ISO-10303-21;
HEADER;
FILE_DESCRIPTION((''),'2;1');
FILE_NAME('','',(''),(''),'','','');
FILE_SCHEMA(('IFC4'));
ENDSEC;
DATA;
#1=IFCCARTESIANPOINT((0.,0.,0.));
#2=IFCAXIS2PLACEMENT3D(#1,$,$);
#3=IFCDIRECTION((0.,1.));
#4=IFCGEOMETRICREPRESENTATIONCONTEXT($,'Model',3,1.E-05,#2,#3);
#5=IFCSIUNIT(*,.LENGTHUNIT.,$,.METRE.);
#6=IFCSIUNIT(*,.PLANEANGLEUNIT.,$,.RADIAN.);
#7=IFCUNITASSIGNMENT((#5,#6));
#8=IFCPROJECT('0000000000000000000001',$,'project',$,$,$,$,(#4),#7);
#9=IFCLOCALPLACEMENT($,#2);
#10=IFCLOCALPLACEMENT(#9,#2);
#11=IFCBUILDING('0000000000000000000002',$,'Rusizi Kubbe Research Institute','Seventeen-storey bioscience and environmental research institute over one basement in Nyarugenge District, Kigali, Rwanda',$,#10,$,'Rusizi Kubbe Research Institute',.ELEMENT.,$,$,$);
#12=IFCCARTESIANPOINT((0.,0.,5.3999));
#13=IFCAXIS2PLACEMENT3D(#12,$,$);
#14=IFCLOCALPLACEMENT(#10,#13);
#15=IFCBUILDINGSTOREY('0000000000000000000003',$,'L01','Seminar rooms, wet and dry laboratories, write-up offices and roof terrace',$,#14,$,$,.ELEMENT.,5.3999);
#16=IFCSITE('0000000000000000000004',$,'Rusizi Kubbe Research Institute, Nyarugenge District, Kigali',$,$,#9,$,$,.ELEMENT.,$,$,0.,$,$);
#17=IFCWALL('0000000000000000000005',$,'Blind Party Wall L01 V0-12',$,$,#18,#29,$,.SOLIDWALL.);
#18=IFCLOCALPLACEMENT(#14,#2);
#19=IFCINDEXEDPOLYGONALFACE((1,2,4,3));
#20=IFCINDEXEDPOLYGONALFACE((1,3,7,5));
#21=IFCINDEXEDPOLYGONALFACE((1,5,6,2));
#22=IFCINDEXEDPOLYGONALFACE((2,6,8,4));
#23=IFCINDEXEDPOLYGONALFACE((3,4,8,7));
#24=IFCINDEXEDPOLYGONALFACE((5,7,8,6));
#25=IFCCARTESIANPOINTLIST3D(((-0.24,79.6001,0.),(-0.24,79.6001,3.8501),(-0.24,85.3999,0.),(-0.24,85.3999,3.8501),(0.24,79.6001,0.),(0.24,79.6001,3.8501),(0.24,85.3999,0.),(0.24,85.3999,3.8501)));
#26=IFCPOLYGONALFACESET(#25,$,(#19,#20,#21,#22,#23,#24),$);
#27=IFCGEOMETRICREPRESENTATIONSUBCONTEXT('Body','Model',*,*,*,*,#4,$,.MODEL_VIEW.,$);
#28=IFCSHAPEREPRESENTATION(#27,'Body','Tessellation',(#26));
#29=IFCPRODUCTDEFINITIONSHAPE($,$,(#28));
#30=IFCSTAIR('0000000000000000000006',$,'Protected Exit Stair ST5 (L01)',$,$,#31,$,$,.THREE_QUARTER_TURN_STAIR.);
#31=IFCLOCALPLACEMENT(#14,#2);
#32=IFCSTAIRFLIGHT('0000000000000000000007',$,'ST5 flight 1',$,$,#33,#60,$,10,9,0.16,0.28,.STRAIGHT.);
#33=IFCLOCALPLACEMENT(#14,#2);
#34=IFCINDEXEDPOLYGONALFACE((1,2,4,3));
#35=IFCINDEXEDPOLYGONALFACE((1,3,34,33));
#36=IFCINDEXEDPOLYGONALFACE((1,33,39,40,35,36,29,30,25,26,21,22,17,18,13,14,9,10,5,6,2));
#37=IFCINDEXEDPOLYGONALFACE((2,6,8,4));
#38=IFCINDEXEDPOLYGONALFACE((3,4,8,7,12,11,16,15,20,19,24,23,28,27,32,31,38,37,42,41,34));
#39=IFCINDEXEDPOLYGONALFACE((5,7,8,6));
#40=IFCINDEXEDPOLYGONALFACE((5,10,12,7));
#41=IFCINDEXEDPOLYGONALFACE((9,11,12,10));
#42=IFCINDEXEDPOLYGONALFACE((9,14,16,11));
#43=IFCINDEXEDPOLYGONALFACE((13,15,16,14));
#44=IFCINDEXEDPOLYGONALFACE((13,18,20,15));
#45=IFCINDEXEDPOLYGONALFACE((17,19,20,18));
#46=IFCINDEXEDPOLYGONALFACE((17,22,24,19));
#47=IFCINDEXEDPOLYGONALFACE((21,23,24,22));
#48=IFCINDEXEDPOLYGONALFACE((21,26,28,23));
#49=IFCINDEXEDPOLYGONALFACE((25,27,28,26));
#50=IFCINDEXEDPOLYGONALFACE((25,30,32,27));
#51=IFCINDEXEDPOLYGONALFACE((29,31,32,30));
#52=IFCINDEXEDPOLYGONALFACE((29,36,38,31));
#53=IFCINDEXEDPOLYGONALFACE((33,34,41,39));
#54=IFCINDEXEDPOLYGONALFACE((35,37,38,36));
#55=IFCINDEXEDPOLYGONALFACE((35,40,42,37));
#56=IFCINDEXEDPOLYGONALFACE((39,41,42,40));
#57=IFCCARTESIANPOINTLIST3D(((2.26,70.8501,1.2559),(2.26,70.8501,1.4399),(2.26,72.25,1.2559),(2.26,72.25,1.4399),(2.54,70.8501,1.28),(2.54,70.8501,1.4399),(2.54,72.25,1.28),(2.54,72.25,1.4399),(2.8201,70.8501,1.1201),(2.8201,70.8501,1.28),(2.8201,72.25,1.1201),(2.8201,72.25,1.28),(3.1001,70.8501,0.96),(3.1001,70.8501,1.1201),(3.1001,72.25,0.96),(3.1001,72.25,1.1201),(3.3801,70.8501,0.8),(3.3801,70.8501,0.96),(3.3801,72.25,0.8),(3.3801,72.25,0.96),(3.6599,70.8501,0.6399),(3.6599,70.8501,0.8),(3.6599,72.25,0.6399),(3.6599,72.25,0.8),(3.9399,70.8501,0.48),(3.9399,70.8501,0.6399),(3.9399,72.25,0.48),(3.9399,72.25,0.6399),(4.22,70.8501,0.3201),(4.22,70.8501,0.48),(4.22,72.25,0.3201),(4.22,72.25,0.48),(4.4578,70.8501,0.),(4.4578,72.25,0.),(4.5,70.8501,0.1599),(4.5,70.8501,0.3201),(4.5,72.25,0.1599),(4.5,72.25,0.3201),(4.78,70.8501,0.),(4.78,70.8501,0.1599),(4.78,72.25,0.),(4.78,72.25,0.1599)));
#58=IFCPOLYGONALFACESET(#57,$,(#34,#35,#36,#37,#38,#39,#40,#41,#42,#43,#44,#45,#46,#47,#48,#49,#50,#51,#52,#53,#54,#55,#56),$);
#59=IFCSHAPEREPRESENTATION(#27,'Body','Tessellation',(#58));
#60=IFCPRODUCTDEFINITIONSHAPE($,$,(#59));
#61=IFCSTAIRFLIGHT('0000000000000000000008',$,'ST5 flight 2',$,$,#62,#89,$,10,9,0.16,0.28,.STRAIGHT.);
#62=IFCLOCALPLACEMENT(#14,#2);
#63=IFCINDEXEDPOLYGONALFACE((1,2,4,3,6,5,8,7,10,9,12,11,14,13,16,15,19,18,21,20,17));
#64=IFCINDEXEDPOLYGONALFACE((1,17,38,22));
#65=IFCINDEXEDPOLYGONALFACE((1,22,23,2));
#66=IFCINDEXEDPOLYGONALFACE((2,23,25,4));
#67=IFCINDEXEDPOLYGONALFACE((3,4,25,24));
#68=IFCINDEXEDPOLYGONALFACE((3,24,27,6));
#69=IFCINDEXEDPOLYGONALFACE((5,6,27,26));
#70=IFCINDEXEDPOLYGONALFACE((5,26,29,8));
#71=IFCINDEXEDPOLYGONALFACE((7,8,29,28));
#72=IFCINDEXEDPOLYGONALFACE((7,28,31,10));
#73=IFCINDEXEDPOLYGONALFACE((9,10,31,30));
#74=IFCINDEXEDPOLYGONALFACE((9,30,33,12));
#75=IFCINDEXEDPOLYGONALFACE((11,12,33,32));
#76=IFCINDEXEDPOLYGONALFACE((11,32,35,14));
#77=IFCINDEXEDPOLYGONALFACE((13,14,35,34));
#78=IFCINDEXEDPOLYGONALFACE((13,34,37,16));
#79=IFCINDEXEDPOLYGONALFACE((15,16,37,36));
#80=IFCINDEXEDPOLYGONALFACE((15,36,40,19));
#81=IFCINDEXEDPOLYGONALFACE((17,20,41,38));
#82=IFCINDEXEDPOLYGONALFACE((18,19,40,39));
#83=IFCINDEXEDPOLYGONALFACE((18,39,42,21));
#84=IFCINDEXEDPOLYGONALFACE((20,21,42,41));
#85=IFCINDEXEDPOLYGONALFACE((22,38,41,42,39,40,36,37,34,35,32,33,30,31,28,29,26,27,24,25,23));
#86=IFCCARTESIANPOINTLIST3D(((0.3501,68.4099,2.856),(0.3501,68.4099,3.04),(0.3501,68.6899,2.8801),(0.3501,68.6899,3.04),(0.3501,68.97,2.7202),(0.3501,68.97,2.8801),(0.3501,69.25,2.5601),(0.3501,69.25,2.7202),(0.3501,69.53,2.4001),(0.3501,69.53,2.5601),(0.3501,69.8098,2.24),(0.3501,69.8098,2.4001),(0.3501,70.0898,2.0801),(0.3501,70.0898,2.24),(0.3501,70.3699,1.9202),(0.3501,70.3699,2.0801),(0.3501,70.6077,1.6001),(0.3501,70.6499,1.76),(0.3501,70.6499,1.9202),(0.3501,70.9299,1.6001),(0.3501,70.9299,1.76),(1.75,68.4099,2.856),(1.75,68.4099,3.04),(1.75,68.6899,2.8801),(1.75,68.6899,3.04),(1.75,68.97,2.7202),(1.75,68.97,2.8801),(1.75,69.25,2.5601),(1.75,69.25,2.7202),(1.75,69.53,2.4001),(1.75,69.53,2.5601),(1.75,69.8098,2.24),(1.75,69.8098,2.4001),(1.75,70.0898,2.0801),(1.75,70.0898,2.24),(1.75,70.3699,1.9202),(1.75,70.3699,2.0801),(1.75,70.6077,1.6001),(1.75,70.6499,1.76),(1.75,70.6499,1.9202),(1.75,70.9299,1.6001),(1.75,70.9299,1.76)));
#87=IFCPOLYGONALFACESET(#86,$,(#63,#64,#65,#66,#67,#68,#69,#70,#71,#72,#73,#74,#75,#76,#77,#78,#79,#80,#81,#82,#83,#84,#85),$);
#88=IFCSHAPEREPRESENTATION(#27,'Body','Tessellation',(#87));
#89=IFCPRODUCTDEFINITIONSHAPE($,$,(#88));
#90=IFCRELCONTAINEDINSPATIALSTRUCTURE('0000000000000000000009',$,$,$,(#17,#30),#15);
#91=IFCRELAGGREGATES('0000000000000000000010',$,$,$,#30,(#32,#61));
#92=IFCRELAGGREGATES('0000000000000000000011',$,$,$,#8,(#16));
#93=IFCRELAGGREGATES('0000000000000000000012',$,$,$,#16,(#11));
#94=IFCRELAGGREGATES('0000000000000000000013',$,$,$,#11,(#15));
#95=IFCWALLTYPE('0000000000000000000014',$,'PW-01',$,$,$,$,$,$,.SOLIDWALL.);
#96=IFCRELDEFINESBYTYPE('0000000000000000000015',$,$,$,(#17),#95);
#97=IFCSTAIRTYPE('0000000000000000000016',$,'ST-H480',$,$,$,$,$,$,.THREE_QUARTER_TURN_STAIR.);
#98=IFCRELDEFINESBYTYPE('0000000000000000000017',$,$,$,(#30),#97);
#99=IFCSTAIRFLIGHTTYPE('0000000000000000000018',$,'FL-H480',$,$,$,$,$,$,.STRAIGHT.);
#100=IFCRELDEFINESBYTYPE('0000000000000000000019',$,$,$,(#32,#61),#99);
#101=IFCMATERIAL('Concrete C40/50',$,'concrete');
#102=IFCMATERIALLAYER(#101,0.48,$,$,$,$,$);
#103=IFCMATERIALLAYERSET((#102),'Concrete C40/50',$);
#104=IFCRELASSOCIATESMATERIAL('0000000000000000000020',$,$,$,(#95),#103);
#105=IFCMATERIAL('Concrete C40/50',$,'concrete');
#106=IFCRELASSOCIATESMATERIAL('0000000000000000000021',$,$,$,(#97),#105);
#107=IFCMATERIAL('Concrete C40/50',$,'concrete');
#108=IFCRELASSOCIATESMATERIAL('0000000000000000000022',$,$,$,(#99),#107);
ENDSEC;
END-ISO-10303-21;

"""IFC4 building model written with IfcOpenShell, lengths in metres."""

from ifc_helpers import new_model, si_unit, direction, frame, frame_2d, origin, place, context, subcontext, project, spatial, polyline, rectangle, outline, extrude, material, layer, layer_set, type_object, element, aggregate, save


model = new_model("IFC4")

# Units and contexts
model_context = context("Model", 3, precision=1e-05, world=origin(), true_north=direction((0.0, 1.0)))
body_context = subcontext(model_context, "Body", "Model", "MODEL_VIEW")
ifc_project = project(units=[si_unit("LENGTHUNIT", "METRE"), si_unit("PLANEANGLEUNIT", "RADIAN")], contexts=[model_context])

# Site, building, storey
site_placement = place(None, origin())
site = spatial("IfcSite", under=ifc_project, at=site_placement, Name="Rusizi Kubbe Research Institute, Nyarugenge District, Kigali", CompositionType="ELEMENT", RefElevation=0.0)
building_placement = place(site_placement, origin())
building = spatial("IfcBuilding", under=site, at=building_placement, Name="Rusizi Kubbe Research Institute", Description="Seventeen-storey bioscience and environmental research institute over one basement in Nyarugenge District, Kigali, Rwanda", LongName="Rusizi Kubbe Research Institute", CompositionType="ELEMENT")
storey_placement = place(building_placement, frame((0.0, 0.0, 5.3999)))
storey = spatial("IfcBuildingStorey", under=building, at=storey_placement, Name="L01", Description="Seminar rooms, wet and dry laboratories, write-up offices and roof terrace", CompositionType="ELEMENT", Elevation=5.3999)

# Wall
ifc_material_1 = material(Name="Concrete C40/50", Category="concrete")
ifc_layer_1 = layer(ifc_material_1, 0.48)
ifc_layer_set_1 = layer_set([ifc_layer_1], Name="Concrete C40/50")
wall_type_1 = type_object("IfcWallType", Name="PW-01", PredefinedType="SOLIDWALL", material=ifc_layer_set_1)
wall_1_placement = place(storey_placement, frame((0.0, 79.6001, 0.0), z_axis=(0.0, 0.0, 1.0), x_axis=(0.0, 1.0, 0.0)))
element("IfcWall", 1, at=wall_1_placement, inside=storey, type_object=wall_type_1, Name="Blind Party Wall L01 V0-12", PredefinedType="SOLIDWALL", context=body_context, shape_type="SweptSolid", body=[
    extrude(rectangle(XDim=5.7998, YDim=0.48, at=frame_2d((2.8999, 0.0))), origin(), (0.0, 0.0, 1.0), 3.8501),
])

# Stair, stair flights
ifc_material_2 = material(Name="Concrete C40/50", Category="concrete")
stair_type = type_object("IfcStairType", Name="ST-H480", PredefinedType="THREE_QUARTER_TURN_STAIR", material=ifc_material_2)
stair_placement = place(storey_placement, origin())
stair = element("IfcStair", 2, at=stair_placement, inside=storey, type_object=stair_type, Name="Protected Exit Stair ST5 (L01)", PredefinedType="THREE_QUARTER_TURN_STAIR")
ifc_material_3 = material(Name="Concrete C40/50", Category="concrete")
stair_flight_type = type_object("IfcStairFlightType", Name="FL-H480", PredefinedType="STRAIGHT", material=ifc_material_3)
stair_flight_1_placement = place(storey_placement, frame((4.78, 71.55, 0.0), z_axis=(0.0, 0.0, 1.0), x_axis=(-1.0, 0.0, 0.0)))
stair_flight_1 = element("IfcStairFlight", 3, at=stair_flight_1_placement, type_object=stair_flight_type, Name="ST5 flight 1", NumberOfRisers=10, NumberOfTreads=9, PredefinedType="STRAIGHT", RiserHeight=0.16, TreadLength=0.28, context=body_context, shape_type="SweptSolid", body=[
    extrude(outline(polyline([(0.0, 0.0), (0.0, 0.1599), (0.28, 0.1599), (0.28, 0.3201), (0.5601, 0.3201), (0.5601, 0.48), (0.8401, 0.48), (0.8401, 0.6399), (1.1201, 0.6399), (1.1201, 0.8), (1.3999, 0.8), (1.3999, 0.96), (1.6799, 0.96), (1.6799, 1.1201), (1.96, 1.1201), (1.96, 1.28), (2.24, 1.28), (2.24, 1.4399), (2.52, 1.4399), (2.52, 1.6001), (2.52, 1.2559), (0.3223, 0.0), (0.0, 0.0)])), frame((0.0, 0.7, 0.0), z_axis=(0.0, -1.0, 0.0), x_axis=(1.0, 0.0, 0.0)), (0.0, 0.0, 1.0), 1.3999),
])
stair_flight_2_placement = place(storey_placement, frame((1.05, 70.9299, 1.6001), z_axis=(0.0, 0.0, 1.0), x_axis=(0.0, -1.0, 0.0)))
stair_flight_2 = element("IfcStairFlight", 4, at=stair_flight_2_placement, type_object=stair_flight_type, Name="ST5 flight 2", NumberOfRisers=10, NumberOfTreads=9, PredefinedType="STRAIGHT", RiserHeight=0.16, TreadLength=0.28, context=body_context, shape_type="SweptSolid", body=[
    extrude(outline(polyline([(0.0, 0.0), (0.0, 0.1599), (0.28, 0.1599), (0.28, 0.3201), (0.5601, 0.3201), (0.5601, 0.48), (0.8401, 0.48), (0.8401, 0.6399), (1.1201, 0.6399), (1.1201, 0.8), (1.3999, 0.8), (1.3999, 0.96), (1.6799, 0.96), (1.6799, 1.1201), (1.96, 1.1201), (1.96, 1.28), (2.24, 1.28), (2.24, 1.4399), (2.52, 1.4399), (2.52, 1.6001), (2.52, 1.2559), (0.3223, 0.0), (0.0, 0.0)])), frame((0.0, 0.7, 0.0), z_axis=(0.0, -1.0, 0.0), x_axis=(1.0, 0.0, 0.0)), (0.0, 0.0, 1.0), 1.3999),
])
aggregate(stair, [stair_flight_1, stair_flight_2])

save(model, "model.ifc")
